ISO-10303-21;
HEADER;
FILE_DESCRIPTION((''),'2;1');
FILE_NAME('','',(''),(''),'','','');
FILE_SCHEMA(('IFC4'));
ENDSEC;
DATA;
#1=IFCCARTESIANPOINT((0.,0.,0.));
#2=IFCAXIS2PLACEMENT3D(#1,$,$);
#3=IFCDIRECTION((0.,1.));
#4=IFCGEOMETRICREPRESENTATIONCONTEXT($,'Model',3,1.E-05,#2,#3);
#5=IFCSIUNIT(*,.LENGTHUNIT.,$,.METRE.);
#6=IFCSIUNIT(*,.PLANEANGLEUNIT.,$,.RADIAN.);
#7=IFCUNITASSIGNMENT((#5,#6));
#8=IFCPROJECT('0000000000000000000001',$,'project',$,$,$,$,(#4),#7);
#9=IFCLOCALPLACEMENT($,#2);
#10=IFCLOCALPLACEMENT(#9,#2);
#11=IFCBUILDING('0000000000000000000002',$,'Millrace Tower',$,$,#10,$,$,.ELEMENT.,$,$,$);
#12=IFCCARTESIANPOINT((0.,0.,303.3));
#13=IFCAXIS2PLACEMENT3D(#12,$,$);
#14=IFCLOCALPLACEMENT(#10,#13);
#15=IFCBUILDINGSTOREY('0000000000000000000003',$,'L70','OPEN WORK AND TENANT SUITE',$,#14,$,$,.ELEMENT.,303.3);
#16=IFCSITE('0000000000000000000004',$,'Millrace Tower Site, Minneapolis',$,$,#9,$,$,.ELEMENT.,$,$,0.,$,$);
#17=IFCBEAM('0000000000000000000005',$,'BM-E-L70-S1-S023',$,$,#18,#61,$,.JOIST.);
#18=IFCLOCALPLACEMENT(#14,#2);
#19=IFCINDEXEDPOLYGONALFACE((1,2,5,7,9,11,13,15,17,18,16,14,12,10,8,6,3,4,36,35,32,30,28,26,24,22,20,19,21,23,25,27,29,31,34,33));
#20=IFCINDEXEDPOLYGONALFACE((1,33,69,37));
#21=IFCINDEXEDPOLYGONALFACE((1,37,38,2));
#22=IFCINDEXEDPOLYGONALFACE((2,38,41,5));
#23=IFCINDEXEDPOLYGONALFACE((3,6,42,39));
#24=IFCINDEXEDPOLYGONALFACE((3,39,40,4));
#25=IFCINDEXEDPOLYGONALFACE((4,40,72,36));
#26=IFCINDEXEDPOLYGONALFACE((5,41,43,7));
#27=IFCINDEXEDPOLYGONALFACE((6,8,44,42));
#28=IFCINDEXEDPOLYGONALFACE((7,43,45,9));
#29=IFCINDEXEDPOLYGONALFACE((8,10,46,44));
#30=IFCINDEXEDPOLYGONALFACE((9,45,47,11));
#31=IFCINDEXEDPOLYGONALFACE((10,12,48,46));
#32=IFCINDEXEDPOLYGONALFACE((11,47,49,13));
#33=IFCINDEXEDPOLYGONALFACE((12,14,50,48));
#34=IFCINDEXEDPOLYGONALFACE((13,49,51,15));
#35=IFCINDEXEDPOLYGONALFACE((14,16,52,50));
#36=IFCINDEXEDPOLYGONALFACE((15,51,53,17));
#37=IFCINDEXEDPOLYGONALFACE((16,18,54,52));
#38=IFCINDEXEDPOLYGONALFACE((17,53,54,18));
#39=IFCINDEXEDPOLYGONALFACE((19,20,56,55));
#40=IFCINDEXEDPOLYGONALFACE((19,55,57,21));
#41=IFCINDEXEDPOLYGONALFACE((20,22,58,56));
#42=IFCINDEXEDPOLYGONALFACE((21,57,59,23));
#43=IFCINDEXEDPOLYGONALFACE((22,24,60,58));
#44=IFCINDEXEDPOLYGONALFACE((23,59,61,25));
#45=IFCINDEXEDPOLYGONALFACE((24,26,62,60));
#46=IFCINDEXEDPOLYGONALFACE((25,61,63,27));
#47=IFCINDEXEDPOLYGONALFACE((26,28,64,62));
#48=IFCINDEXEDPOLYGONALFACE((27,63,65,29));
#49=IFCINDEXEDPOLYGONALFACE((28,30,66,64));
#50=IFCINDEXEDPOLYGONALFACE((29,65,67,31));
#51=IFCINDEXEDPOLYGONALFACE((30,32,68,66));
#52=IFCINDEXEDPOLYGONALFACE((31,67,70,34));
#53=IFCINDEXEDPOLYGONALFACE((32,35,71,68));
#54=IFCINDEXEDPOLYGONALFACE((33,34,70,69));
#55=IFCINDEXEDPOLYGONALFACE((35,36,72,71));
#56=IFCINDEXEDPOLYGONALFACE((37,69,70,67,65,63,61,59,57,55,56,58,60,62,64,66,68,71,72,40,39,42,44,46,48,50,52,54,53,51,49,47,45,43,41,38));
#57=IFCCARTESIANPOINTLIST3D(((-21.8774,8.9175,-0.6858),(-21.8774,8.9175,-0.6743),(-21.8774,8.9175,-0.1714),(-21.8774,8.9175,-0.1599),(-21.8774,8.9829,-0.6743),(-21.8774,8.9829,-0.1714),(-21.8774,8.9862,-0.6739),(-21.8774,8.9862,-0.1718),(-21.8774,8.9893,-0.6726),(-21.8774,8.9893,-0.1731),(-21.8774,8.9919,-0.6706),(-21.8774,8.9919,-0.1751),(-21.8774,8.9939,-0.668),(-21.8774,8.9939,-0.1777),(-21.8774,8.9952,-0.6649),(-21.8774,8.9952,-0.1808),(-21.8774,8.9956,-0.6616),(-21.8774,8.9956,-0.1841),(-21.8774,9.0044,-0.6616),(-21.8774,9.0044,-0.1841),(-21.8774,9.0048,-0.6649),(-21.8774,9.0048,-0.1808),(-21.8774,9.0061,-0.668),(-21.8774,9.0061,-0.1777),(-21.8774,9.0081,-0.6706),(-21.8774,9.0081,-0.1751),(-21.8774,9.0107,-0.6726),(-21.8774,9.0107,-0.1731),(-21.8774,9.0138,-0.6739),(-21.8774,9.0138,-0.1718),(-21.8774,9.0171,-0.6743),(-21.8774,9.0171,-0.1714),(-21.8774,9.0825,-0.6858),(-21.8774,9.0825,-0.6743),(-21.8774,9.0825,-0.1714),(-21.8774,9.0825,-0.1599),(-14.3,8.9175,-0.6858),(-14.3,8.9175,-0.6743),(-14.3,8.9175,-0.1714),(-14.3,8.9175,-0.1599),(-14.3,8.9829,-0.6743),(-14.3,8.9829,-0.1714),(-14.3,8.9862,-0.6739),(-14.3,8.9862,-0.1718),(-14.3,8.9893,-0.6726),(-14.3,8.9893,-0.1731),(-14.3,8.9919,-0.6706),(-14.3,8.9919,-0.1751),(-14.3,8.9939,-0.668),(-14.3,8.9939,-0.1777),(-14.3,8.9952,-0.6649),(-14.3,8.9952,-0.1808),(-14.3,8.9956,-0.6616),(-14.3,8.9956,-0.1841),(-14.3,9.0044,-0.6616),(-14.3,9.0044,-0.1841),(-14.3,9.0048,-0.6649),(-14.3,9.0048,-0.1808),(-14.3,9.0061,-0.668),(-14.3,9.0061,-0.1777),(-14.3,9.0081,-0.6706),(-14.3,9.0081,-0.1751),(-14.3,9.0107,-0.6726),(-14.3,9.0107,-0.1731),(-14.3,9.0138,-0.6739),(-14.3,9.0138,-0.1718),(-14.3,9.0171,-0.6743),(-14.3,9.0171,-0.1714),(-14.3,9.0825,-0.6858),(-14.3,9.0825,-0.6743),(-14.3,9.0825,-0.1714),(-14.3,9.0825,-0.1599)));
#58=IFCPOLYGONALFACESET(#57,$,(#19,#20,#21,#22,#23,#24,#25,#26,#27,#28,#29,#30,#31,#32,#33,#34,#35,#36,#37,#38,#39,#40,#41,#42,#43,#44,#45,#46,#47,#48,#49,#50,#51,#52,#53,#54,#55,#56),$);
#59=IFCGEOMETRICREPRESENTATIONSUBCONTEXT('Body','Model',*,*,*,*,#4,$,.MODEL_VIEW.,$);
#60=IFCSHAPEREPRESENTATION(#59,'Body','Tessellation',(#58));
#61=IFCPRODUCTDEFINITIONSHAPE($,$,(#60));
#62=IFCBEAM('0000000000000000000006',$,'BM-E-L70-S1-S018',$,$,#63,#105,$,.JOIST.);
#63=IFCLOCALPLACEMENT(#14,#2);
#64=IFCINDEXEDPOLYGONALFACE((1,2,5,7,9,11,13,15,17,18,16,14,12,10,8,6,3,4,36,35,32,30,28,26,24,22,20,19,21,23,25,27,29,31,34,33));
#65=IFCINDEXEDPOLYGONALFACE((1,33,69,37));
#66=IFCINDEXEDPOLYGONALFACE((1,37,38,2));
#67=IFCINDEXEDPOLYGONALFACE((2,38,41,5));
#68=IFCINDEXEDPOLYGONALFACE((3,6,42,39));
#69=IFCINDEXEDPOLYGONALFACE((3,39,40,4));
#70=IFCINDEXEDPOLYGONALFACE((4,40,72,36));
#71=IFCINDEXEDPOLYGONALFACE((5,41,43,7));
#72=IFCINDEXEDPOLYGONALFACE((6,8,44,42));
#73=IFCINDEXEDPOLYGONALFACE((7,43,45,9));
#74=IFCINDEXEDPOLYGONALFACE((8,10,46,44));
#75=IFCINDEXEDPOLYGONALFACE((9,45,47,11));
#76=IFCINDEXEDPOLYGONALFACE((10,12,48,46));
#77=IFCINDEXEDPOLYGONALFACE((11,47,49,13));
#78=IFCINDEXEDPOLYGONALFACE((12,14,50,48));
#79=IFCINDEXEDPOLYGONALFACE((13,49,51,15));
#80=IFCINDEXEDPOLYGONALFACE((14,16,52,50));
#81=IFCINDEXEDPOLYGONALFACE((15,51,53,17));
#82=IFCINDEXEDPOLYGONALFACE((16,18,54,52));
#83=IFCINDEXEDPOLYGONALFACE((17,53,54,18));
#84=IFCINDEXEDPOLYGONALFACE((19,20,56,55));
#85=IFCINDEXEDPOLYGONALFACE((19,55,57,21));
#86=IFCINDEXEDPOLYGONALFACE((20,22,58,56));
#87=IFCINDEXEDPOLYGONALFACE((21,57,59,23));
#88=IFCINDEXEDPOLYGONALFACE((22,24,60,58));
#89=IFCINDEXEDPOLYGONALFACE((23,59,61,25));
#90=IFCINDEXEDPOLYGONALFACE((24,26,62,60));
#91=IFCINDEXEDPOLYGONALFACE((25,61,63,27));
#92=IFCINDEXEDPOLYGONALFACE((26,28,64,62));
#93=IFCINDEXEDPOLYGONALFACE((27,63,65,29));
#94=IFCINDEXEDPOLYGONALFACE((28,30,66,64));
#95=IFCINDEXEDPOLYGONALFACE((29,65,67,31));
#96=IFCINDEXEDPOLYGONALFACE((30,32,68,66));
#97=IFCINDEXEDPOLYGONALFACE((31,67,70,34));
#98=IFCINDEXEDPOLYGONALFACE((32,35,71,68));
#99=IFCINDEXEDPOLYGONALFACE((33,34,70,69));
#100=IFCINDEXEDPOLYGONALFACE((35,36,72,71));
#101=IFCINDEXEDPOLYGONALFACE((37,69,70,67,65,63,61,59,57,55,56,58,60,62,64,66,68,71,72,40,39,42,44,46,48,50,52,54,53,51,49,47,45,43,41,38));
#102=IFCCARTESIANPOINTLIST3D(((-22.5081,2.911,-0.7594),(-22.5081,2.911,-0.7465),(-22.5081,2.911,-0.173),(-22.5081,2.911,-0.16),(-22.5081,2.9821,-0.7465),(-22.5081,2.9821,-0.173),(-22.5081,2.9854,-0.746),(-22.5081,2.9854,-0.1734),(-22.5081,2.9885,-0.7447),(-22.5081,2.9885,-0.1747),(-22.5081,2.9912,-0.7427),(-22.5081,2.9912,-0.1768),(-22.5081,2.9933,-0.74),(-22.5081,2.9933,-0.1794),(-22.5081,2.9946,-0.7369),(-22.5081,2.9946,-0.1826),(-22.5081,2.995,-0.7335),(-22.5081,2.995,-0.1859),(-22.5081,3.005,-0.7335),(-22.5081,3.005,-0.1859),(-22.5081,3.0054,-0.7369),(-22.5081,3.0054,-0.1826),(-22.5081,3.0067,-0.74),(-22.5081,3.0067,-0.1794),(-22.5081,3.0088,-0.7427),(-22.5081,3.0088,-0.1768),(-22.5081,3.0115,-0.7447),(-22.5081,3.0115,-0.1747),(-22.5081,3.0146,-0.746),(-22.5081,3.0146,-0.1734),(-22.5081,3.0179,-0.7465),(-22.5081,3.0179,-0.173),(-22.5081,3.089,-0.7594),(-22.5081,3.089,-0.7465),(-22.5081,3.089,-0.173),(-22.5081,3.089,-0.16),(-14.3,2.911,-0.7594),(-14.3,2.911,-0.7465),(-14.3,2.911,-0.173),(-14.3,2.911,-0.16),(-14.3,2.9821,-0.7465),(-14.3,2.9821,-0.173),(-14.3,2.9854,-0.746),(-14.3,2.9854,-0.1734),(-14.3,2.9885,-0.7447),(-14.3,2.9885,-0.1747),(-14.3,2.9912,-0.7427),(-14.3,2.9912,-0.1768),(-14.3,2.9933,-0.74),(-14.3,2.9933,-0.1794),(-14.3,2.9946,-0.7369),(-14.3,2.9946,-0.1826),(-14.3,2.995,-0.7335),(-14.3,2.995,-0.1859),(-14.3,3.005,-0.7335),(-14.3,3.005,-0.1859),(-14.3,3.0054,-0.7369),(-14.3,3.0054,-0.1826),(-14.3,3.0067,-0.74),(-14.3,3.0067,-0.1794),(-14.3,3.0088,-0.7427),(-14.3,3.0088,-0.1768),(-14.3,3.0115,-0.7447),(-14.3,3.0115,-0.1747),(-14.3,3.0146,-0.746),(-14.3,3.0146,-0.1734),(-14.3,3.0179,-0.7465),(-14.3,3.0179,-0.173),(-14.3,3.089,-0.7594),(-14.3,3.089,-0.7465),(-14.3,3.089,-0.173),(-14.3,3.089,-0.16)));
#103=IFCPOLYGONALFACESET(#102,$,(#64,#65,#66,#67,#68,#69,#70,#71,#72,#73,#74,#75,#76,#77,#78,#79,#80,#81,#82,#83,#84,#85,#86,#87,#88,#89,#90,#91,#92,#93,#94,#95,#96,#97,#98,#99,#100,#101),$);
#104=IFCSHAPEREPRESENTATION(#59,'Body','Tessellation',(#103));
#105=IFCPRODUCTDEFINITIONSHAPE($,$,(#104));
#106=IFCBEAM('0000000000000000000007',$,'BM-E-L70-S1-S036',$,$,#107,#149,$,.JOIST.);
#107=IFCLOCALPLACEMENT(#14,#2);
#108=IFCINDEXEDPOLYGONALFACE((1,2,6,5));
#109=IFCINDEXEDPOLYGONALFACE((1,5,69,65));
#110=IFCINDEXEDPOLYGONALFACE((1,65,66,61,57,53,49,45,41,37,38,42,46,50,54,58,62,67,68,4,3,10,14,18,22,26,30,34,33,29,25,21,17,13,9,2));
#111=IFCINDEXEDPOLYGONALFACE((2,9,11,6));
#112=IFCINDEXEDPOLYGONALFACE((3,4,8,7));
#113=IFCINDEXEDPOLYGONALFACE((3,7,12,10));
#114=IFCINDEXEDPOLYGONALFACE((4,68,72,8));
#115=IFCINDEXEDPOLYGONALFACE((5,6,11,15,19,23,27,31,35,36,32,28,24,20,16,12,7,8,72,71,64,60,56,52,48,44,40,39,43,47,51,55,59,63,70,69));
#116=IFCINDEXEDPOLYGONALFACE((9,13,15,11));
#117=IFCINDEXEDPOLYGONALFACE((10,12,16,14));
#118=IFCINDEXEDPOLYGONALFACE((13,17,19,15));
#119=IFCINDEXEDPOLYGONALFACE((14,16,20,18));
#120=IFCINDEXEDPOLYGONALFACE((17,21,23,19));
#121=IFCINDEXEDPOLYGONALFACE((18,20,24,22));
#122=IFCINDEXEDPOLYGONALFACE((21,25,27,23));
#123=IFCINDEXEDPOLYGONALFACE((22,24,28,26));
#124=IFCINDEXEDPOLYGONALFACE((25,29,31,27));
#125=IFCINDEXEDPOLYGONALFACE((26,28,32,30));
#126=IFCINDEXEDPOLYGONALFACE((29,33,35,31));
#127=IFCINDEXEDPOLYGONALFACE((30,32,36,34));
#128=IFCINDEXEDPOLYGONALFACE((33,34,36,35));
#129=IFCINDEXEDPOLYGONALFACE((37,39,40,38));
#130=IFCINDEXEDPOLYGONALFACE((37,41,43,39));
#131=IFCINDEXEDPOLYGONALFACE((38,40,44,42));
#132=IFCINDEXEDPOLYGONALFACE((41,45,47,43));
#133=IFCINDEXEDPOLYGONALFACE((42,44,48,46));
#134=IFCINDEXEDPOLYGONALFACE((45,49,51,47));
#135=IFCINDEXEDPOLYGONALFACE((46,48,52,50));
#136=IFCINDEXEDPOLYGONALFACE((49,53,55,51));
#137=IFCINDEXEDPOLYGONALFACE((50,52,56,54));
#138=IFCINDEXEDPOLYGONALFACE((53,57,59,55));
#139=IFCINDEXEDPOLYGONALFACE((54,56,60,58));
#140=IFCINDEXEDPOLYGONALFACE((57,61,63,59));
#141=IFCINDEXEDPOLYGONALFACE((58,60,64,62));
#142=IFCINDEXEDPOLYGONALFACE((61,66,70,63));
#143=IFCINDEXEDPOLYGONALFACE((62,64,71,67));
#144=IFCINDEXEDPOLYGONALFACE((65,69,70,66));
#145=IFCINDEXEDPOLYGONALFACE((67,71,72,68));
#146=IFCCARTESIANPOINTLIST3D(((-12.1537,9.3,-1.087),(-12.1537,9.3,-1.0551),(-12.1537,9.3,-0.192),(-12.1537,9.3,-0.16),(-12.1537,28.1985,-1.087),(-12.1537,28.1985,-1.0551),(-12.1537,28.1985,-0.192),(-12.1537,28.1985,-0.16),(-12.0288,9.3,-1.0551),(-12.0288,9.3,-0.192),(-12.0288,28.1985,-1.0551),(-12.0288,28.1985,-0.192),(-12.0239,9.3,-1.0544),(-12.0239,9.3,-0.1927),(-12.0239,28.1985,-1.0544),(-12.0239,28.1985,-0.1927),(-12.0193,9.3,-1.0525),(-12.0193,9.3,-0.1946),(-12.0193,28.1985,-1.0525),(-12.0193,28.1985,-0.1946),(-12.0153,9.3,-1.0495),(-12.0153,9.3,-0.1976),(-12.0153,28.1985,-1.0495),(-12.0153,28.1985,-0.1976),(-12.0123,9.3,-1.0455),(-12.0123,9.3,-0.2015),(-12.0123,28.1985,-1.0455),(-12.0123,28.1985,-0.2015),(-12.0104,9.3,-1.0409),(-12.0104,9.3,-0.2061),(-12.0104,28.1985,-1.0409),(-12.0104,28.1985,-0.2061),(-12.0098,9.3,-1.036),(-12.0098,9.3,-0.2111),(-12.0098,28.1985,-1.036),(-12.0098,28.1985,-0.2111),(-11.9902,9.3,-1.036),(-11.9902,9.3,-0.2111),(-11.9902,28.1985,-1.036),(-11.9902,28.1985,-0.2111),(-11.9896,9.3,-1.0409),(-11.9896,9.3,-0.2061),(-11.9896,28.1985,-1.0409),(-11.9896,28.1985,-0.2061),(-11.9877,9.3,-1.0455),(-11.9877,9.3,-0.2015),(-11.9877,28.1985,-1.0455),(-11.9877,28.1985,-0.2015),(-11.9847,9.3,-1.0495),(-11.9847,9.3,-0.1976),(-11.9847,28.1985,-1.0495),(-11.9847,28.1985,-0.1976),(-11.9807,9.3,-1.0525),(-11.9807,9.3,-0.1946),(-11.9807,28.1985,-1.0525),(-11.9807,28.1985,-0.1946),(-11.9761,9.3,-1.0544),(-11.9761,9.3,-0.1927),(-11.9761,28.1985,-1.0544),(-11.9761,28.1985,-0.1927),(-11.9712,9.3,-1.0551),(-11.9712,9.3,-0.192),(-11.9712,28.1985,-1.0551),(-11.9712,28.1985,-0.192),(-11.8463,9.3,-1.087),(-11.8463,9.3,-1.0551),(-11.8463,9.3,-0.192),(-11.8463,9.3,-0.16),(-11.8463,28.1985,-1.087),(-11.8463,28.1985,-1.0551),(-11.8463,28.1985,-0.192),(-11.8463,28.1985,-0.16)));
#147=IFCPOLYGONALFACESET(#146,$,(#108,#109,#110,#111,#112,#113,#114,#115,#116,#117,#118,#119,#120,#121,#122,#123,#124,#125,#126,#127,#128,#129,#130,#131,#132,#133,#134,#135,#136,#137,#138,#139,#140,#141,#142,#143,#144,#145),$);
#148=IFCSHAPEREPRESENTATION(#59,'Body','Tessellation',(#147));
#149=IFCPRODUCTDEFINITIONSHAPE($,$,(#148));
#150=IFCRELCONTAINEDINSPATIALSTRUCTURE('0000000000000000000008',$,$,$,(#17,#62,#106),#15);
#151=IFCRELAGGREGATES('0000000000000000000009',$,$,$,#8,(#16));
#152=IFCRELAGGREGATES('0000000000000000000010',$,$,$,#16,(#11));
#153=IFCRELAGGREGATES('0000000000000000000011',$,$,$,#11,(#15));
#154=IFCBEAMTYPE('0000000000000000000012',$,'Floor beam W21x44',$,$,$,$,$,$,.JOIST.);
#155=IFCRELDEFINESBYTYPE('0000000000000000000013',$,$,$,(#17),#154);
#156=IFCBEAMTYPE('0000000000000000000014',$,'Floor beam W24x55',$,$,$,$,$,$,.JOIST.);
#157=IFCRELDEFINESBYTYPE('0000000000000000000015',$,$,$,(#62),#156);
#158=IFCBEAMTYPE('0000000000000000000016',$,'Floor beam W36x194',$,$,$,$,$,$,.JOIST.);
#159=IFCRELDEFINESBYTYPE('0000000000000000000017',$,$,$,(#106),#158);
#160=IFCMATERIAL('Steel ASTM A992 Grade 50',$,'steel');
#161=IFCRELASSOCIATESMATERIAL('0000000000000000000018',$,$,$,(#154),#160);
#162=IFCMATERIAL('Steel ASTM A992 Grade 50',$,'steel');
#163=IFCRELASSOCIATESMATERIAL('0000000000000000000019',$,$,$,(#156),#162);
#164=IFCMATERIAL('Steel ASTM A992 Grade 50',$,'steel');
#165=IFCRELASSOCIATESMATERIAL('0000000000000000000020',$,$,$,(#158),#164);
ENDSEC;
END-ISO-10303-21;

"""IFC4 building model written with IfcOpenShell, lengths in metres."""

from ifc_helpers import new_model, si_unit, direction, frame, origin, origin_2d, place, context, subcontext, project, spatial, i_section, extrude, material, material_profile, profile_set, type_object, element, save


model = new_model("IFC4")

# Units and contexts
model_context = context("Model", 3, precision=1e-05, world=origin(), true_north=direction((0.0, 1.0)))
body_context = subcontext(model_context, "Body", "Model", "MODEL_VIEW")
ifc_project = project(units=[si_unit("LENGTHUNIT", "METRE"), si_unit("PLANEANGLEUNIT", "RADIAN")], contexts=[model_context])

# Site, building, storey
site_placement = place(None, origin())
site = spatial("IfcSite", under=ifc_project, at=site_placement, Name="Millrace Tower Site, Minneapolis", CompositionType="ELEMENT", RefElevation=0.0)
building_placement = place(site_placement, origin())
building = spatial("IfcBuilding", under=site, at=building_placement, Name="Millrace Tower", CompositionType="ELEMENT")
storey_placement = place(building_placement, frame((0.0, 0.0, 303.3)))
storey = spatial("IfcBuildingStorey", under=building, at=storey_placement, Name="L70", Description="OPEN WORK AND TENANT SUITE", CompositionType="ELEMENT", Elevation=303.3)

# Beams
ifc_material_1 = material(Name="Steel ASTM A992 Grade 50", Category="steel")
ifc_material_profile_1 = material_profile(ifc_material_1, i_section(OverallWidth=0.165, OverallDepth=0.5259, WebThickness=0.0088, FlangeThickness=0.0115, FilletRadius=0.0127, at=origin_2d()))
ifc_profile_set_1 = profile_set([ifc_material_profile_1], Name="Steel ASTM A992 Grade 50")
beam_type_1 = type_object("IfcBeamType", Name="Floor beam W21x44", PredefinedType="JOIST", material=ifc_profile_set_1)
beam_1_placement = place(storey_placement, frame((-21.8774, 9.0, -0.4229), z_axis=(1.0, 0.0, 0.0), x_axis=(0.0, 1.0, 0.0)))
element("IfcBeam", 1, at=beam_1_placement, inside=storey, type_object=beam_type_1, Name="BM-E-L70-S1-S023", PredefinedType="JOIST", context=body_context, shape_type="SweptSolid", body=[
    extrude(i_section(OverallWidth=0.165, OverallDepth=0.5259, WebThickness=0.0088, FlangeThickness=0.0115, FilletRadius=0.0127, at=origin_2d()), origin(), (0.0, 0.0, 1.0), 7.5774),
])
ifc_material_2 = material(Name="Steel ASTM A992 Grade 50", Category="steel")
ifc_material_profile_2 = material_profile(ifc_material_2, i_section(OverallWidth=0.178, OverallDepth=0.5994, WebThickness=0.01, FlangeThickness=0.0129, FilletRadius=0.0129, at=origin_2d()))
ifc_profile_set_2 = profile_set([ifc_material_profile_2], Name="Steel ASTM A992 Grade 50")
beam_type_2 = type_object("IfcBeamType", Name="Floor beam W24x55", PredefinedType="JOIST", material=ifc_profile_set_2)
beam_2_placement = place(storey_placement, frame((-22.5081, 3.0, -0.4597), z_axis=(1.0, 0.0, 0.0), x_axis=(0.0, 1.0, 0.0)))
element("IfcBeam", 2, at=beam_2_placement, inside=storey, type_object=beam_type_2, Name="BM-E-L70-S1-S018", PredefinedType="JOIST", context=body_context, shape_type="SweptSolid", body=[
    extrude(i_section(OverallWidth=0.178, OverallDepth=0.5994, WebThickness=0.01, FlangeThickness=0.0129, FilletRadius=0.0129, at=origin_2d()), origin(), (0.0, 0.0, 1.0), 8.208),
])
ifc_material_3 = material(Name="Steel ASTM A992 Grade 50", Category="steel")
ifc_material_profile_3 = material_profile(ifc_material_3, i_section(OverallWidth=0.3074, OverallDepth=0.927, WebThickness=0.0195, FlangeThickness=0.032, FilletRadius=0.019, at=origin_2d()))
ifc_profile_set_3 = profile_set([ifc_material_profile_3], Name="Steel ASTM A992 Grade 50")
beam_type_3 = type_object("IfcBeamType", Name="Floor beam W36x194", PredefinedType="JOIST", material=ifc_profile_set_3)
beam_3_placement = place(storey_placement, frame((-12.0, 9.3, -0.6235), z_axis=(0.0, 1.0, 0.0), x_axis=(-1.0, 0.0, 0.0)))
element("IfcBeam", 3, at=beam_3_placement, inside=storey, type_object=beam_type_3, Name="BM-E-L70-S1-S036", PredefinedType="JOIST", context=body_context, shape_type="SweptSolid", body=[
    extrude(i_section(OverallWidth=0.3074, OverallDepth=0.927, WebThickness=0.0195, FlangeThickness=0.032, FilletRadius=0.019, at=origin_2d()), origin(), (0.0, 0.0, 1.0), 18.8984),
])

save(model, "model.ifc")
